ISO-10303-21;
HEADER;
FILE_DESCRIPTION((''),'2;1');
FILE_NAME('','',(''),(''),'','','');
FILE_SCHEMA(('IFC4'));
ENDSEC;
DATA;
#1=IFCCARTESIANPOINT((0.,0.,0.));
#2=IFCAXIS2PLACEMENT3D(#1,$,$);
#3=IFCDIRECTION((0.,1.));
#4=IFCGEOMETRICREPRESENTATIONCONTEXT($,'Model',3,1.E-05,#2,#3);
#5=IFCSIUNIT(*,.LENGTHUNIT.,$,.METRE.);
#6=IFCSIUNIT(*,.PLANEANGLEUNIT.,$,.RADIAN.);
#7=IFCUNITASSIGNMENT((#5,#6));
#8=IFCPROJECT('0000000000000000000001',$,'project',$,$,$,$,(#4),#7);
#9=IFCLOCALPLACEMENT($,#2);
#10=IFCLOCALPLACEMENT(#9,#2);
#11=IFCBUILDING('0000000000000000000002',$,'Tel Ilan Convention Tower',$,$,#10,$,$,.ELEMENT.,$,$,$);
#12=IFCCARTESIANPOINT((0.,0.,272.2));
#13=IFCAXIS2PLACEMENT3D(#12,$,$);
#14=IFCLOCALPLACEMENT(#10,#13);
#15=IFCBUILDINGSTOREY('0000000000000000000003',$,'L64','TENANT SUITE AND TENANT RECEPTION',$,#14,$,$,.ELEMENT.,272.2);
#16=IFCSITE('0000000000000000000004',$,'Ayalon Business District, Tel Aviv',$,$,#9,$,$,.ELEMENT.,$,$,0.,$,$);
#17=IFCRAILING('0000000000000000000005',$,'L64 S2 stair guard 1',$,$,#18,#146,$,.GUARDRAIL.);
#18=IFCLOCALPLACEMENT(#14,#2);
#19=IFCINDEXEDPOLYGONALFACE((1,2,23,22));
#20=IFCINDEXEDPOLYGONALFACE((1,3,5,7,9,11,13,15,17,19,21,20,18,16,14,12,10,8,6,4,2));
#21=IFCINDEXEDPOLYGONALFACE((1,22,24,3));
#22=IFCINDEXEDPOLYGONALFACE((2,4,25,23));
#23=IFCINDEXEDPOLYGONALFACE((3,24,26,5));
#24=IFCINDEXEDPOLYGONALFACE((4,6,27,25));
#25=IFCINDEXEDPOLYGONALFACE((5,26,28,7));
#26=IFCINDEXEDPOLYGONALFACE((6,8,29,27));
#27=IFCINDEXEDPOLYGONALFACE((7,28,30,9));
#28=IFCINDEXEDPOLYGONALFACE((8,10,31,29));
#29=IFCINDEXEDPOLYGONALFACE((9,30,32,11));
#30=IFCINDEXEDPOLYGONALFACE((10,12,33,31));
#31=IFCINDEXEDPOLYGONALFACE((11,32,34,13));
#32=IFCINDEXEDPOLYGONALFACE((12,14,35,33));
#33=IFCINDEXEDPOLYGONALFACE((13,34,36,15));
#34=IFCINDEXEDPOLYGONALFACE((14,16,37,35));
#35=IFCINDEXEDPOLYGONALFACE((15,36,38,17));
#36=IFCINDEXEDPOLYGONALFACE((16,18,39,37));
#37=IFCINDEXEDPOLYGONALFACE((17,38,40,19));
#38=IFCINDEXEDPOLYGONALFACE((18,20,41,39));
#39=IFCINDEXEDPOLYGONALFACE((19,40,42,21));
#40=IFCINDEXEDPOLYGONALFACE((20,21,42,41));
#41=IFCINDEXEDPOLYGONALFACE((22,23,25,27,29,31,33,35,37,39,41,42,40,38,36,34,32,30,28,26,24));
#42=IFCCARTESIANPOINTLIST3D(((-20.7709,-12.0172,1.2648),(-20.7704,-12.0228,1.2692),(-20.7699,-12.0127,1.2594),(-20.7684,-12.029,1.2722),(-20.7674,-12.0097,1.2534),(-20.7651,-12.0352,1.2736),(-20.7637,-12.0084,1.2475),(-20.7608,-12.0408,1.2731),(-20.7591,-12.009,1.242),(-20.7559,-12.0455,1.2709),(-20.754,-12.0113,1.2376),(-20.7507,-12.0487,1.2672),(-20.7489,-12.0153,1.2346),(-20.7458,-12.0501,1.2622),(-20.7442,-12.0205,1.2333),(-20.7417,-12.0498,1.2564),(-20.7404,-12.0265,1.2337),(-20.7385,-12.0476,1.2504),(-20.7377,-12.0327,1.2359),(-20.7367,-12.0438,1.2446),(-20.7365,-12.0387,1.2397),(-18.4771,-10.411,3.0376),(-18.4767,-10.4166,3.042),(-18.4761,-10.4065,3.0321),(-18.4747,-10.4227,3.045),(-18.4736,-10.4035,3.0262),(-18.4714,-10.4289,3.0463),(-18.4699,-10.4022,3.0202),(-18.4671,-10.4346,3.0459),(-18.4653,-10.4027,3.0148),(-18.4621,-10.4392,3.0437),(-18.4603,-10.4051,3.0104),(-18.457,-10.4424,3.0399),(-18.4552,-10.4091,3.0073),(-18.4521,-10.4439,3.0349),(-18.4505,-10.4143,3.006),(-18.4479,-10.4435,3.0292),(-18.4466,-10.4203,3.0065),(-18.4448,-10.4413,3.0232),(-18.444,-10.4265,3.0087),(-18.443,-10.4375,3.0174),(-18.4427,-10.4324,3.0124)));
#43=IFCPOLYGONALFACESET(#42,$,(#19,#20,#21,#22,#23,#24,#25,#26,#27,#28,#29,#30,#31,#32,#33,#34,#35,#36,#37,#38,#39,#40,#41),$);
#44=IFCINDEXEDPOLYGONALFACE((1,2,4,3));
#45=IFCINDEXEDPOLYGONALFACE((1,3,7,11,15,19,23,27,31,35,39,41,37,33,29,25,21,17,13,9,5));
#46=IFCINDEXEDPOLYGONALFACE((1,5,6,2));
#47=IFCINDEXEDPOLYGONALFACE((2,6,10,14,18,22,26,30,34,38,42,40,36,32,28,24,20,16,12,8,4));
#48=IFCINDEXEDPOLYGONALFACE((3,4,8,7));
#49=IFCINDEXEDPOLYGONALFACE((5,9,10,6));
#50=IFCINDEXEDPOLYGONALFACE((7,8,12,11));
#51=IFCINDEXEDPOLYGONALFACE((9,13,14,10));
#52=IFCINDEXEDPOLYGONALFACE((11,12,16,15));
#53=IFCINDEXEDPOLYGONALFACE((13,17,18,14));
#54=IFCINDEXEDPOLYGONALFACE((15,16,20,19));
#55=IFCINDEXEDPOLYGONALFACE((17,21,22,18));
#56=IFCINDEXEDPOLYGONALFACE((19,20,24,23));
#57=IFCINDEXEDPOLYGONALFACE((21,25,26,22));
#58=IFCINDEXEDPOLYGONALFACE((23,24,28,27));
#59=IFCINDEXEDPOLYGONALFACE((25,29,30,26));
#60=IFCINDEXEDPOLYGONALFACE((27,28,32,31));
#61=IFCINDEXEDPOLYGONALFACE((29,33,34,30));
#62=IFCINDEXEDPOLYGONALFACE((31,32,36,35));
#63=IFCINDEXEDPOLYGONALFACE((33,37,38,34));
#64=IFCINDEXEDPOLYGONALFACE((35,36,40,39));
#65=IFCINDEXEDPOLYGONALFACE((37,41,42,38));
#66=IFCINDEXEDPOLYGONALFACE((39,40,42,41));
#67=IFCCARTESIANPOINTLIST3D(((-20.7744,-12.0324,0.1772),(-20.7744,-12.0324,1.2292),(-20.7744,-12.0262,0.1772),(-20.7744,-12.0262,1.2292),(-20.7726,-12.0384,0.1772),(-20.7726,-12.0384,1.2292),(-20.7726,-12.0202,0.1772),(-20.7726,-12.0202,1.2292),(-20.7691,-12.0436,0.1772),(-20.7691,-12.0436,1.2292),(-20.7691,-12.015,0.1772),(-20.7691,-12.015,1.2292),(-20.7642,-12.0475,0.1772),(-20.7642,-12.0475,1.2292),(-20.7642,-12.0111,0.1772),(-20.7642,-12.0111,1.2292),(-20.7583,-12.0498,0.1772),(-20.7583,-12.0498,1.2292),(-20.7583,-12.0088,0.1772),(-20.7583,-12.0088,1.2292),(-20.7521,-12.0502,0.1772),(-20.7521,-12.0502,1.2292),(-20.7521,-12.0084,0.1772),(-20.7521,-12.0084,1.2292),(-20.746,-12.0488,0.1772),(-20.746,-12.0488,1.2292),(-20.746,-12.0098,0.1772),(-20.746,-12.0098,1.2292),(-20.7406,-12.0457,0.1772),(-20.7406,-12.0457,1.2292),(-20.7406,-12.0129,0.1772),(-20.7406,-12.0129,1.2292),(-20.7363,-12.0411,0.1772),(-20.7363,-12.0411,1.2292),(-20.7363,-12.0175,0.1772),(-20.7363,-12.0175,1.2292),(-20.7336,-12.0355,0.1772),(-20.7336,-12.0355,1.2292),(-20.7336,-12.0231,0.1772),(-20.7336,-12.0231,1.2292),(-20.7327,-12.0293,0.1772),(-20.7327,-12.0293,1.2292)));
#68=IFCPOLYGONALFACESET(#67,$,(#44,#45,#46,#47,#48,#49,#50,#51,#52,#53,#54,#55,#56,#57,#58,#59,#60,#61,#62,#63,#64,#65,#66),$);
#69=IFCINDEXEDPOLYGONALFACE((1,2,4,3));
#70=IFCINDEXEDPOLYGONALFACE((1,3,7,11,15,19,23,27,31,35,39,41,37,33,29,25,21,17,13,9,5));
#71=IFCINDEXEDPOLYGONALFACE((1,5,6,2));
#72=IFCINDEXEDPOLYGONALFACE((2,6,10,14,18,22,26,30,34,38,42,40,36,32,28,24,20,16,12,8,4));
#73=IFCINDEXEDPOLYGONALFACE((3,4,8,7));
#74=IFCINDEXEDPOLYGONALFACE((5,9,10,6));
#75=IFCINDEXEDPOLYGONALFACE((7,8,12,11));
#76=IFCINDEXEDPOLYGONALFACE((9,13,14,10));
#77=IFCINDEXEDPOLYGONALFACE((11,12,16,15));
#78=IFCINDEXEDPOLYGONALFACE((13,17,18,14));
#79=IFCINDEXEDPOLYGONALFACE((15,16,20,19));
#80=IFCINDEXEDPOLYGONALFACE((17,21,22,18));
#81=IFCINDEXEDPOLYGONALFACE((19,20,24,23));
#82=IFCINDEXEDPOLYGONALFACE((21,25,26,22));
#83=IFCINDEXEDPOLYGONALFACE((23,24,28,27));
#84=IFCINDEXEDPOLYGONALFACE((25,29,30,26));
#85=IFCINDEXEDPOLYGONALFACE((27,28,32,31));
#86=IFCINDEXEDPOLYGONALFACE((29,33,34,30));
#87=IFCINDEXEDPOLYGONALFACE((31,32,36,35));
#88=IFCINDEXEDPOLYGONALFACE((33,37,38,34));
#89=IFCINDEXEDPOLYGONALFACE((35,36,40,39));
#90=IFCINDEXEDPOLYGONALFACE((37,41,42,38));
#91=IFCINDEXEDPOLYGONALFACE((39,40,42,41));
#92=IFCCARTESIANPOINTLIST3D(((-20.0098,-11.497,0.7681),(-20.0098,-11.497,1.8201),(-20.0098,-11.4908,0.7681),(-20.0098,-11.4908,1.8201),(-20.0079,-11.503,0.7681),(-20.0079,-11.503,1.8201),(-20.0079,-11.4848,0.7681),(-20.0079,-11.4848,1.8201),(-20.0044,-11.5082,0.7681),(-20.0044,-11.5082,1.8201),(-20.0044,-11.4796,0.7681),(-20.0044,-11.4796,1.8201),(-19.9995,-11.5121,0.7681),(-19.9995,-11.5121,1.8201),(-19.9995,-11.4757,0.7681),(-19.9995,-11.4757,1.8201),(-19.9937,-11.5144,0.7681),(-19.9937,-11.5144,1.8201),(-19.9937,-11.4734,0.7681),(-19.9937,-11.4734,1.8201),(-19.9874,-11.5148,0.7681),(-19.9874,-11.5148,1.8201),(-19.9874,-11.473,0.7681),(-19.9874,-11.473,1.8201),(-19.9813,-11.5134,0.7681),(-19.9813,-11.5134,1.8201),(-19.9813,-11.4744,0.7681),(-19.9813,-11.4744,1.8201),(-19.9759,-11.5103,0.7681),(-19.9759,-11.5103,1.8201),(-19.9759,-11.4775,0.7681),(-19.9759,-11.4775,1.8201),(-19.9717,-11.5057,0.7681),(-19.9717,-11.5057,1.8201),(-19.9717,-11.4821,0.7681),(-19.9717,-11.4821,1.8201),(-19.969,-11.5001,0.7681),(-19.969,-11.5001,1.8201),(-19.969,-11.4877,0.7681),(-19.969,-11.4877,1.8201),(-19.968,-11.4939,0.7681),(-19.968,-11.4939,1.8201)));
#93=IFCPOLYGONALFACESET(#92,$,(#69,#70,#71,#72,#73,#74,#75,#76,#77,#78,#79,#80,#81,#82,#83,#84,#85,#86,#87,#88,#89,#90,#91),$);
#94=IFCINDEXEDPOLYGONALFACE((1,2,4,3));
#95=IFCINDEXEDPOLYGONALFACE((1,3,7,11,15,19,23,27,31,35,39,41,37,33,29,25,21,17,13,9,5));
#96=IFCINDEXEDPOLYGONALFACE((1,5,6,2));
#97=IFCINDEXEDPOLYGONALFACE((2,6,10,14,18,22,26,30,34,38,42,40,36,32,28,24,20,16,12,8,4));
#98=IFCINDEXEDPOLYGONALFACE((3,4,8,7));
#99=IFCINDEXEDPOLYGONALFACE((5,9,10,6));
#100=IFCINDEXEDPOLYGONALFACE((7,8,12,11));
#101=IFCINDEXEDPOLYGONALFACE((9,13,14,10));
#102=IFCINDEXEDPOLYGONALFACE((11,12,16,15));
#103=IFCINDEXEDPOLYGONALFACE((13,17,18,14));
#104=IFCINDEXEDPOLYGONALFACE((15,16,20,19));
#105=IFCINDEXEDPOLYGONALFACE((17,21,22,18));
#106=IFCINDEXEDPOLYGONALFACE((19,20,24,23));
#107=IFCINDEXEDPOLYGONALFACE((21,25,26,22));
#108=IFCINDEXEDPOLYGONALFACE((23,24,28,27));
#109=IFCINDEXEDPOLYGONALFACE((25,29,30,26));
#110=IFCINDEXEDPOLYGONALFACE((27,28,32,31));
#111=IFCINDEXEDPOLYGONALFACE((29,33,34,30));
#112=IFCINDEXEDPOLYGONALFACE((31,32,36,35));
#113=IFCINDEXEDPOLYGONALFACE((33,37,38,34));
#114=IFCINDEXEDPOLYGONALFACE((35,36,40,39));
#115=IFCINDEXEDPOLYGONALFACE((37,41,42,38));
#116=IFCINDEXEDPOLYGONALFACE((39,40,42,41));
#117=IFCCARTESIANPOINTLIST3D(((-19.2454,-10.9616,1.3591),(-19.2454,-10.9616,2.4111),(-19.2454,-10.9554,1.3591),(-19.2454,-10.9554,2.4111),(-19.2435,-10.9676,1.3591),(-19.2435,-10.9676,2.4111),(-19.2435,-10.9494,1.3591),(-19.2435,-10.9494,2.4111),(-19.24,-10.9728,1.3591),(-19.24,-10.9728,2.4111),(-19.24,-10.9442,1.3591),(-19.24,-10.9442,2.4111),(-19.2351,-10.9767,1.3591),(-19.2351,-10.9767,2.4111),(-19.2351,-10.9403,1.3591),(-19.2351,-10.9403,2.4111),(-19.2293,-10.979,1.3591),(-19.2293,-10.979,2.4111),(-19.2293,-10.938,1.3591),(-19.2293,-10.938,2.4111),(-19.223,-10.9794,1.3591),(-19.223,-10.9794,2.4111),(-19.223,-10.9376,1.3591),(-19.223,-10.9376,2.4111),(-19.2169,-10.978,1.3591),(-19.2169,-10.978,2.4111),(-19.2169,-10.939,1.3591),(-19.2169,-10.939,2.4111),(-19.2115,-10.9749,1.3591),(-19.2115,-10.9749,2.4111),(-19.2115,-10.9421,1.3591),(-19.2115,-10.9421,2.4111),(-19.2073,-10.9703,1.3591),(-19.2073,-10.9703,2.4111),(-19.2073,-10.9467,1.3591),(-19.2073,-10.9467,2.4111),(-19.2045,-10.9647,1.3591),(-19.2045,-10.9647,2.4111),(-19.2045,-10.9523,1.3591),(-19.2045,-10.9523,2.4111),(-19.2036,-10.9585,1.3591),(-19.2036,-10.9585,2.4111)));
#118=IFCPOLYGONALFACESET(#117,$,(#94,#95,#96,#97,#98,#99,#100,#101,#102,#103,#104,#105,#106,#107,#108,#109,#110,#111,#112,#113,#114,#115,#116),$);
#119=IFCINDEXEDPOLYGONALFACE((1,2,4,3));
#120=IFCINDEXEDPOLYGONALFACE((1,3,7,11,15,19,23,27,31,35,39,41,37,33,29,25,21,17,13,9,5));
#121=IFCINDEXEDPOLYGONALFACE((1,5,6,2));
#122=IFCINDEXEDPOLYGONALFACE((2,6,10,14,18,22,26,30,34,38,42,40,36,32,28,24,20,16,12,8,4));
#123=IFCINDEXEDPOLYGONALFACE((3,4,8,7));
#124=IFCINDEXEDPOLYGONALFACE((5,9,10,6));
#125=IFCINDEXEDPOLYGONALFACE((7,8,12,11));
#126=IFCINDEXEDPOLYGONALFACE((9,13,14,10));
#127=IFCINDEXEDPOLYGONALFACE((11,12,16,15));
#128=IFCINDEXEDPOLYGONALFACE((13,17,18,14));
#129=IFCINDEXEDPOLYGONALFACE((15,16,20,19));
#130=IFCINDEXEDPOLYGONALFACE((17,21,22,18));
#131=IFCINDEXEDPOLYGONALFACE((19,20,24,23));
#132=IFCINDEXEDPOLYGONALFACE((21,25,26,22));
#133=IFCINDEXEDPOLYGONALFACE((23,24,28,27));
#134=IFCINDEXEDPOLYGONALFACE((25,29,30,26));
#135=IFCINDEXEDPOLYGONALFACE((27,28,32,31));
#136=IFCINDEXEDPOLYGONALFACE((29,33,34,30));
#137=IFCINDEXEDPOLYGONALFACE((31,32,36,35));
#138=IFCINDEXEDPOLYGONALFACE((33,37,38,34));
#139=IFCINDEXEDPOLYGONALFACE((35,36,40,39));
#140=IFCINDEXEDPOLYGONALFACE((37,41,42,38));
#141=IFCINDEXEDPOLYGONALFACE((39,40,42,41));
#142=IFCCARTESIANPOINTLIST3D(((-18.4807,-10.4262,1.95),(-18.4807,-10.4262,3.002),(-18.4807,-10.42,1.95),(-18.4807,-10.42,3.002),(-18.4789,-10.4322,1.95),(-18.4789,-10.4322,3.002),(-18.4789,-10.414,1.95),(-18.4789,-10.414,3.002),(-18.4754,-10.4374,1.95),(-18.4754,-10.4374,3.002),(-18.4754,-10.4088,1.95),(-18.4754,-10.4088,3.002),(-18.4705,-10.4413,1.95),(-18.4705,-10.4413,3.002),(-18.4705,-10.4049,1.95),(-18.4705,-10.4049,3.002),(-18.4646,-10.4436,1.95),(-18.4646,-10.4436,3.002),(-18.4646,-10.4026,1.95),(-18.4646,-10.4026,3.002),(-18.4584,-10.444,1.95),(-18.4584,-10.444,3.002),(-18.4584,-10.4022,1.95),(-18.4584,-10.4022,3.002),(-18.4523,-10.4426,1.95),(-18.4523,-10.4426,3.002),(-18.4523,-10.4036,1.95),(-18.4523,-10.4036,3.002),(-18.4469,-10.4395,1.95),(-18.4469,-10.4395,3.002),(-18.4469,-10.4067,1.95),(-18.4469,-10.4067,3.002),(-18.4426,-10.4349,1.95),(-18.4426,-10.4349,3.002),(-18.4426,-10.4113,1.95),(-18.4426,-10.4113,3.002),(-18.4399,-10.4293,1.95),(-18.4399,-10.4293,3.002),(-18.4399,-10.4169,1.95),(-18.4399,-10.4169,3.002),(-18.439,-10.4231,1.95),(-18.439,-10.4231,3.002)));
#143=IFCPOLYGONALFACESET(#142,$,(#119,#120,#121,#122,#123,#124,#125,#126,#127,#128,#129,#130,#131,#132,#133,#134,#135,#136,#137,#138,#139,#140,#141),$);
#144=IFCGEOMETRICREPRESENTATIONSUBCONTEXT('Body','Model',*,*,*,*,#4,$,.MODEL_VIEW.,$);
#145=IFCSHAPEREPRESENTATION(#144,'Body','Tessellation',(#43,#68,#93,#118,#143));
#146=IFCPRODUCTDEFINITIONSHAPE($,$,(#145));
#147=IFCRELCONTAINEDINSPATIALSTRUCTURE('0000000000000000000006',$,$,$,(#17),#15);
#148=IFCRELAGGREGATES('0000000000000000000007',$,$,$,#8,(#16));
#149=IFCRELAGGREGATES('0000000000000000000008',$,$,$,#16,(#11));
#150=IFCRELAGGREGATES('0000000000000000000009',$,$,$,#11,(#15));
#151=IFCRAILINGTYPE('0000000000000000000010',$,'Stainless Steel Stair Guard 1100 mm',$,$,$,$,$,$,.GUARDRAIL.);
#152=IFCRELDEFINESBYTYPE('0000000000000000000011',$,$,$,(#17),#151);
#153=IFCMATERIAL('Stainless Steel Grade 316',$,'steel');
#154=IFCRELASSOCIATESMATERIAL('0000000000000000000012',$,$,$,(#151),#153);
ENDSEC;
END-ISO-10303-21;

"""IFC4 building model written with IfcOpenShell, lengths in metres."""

from ifc_helpers import new_model, si_unit, direction, frame, origin, origin_2d, place, context, subcontext, project, spatial, circle, extrude, material, type_object, element, save


model = new_model("IFC4")

# Units and contexts
model_context = context("Model", 3, precision=1e-05, world=origin(), true_north=direction((0.0, 1.0)))
body_context = subcontext(model_context, "Body", "Model", "MODEL_VIEW")
ifc_project = project(units=[si_unit("LENGTHUNIT", "METRE"), si_unit("PLANEANGLEUNIT", "RADIAN")], contexts=[model_context])

# Site, building, storey
site_placement = place(None, origin())
site = spatial("IfcSite", under=ifc_project, at=site_placement, Name="Ayalon Business District, Tel Aviv", CompositionType="ELEMENT", RefElevation=0.0)
building_placement = place(site_placement, origin())
building = spatial("IfcBuilding", under=site, at=building_placement, Name="Tel Ilan Convention Tower", CompositionType="ELEMENT")
storey_placement = place(building_placement, frame((0.0, 0.0, 272.2)))
storey = spatial("IfcBuildingStorey", under=building, at=storey_placement, Name="L64", Description="TENANT SUITE AND TENANT RECEPTION", CompositionType="ELEMENT", Elevation=272.2)

# Railing
ifc_material_1 = material(Name="Stainless Steel Grade 316", Category="steel")
railing_type_1 = type_object("IfcRailingType", Name="Stainless Steel Stair Guard 1100 mm", PredefinedType="GUARDRAIL", material=ifc_material_1)
railing_1_placement = place(storey_placement, frame((-20.7537, -12.0293, 0.1772)))
element("IfcRailing", 1, at=railing_1_placement, inside=storey, type_object=railing_type_1, Name="L64 S2 stair guard 1", PredefinedType="GUARDRAIL", context=body_context, shape_type="SweptSolid", body=[
    extrude(circle(Radius=0.0239, at=origin_2d()), frame((0.0, 0.0, 1.0762), z_axis=(0.692098, 0.484653, 0.534894), x_axis=(-0.573609, 0.81913, 0.0)), (0.0, 0.0, 1.0), 3.3142),
    extrude(circle(Radius=0.021, at=origin_2d()), origin(), (0.0, 0.0, 1.0), 1.052),
    extrude(circle(Radius=0.021, at=origin_2d()), frame((0.7646, 0.5354, 0.5908)), (0.0, 0.0, 1.0), 1.052),
    extrude(circle(Radius=0.021, at=origin_2d()), frame((1.5291, 1.0708, 1.1819)), (0.0, 0.0, 1.0), 1.052),
    extrude(circle(Radius=0.021, at=origin_2d()), frame((2.2937, 1.6062, 1.7727)), (0.0, 0.0, 1.0), 1.052),
])

save(model, "model.ifc")
